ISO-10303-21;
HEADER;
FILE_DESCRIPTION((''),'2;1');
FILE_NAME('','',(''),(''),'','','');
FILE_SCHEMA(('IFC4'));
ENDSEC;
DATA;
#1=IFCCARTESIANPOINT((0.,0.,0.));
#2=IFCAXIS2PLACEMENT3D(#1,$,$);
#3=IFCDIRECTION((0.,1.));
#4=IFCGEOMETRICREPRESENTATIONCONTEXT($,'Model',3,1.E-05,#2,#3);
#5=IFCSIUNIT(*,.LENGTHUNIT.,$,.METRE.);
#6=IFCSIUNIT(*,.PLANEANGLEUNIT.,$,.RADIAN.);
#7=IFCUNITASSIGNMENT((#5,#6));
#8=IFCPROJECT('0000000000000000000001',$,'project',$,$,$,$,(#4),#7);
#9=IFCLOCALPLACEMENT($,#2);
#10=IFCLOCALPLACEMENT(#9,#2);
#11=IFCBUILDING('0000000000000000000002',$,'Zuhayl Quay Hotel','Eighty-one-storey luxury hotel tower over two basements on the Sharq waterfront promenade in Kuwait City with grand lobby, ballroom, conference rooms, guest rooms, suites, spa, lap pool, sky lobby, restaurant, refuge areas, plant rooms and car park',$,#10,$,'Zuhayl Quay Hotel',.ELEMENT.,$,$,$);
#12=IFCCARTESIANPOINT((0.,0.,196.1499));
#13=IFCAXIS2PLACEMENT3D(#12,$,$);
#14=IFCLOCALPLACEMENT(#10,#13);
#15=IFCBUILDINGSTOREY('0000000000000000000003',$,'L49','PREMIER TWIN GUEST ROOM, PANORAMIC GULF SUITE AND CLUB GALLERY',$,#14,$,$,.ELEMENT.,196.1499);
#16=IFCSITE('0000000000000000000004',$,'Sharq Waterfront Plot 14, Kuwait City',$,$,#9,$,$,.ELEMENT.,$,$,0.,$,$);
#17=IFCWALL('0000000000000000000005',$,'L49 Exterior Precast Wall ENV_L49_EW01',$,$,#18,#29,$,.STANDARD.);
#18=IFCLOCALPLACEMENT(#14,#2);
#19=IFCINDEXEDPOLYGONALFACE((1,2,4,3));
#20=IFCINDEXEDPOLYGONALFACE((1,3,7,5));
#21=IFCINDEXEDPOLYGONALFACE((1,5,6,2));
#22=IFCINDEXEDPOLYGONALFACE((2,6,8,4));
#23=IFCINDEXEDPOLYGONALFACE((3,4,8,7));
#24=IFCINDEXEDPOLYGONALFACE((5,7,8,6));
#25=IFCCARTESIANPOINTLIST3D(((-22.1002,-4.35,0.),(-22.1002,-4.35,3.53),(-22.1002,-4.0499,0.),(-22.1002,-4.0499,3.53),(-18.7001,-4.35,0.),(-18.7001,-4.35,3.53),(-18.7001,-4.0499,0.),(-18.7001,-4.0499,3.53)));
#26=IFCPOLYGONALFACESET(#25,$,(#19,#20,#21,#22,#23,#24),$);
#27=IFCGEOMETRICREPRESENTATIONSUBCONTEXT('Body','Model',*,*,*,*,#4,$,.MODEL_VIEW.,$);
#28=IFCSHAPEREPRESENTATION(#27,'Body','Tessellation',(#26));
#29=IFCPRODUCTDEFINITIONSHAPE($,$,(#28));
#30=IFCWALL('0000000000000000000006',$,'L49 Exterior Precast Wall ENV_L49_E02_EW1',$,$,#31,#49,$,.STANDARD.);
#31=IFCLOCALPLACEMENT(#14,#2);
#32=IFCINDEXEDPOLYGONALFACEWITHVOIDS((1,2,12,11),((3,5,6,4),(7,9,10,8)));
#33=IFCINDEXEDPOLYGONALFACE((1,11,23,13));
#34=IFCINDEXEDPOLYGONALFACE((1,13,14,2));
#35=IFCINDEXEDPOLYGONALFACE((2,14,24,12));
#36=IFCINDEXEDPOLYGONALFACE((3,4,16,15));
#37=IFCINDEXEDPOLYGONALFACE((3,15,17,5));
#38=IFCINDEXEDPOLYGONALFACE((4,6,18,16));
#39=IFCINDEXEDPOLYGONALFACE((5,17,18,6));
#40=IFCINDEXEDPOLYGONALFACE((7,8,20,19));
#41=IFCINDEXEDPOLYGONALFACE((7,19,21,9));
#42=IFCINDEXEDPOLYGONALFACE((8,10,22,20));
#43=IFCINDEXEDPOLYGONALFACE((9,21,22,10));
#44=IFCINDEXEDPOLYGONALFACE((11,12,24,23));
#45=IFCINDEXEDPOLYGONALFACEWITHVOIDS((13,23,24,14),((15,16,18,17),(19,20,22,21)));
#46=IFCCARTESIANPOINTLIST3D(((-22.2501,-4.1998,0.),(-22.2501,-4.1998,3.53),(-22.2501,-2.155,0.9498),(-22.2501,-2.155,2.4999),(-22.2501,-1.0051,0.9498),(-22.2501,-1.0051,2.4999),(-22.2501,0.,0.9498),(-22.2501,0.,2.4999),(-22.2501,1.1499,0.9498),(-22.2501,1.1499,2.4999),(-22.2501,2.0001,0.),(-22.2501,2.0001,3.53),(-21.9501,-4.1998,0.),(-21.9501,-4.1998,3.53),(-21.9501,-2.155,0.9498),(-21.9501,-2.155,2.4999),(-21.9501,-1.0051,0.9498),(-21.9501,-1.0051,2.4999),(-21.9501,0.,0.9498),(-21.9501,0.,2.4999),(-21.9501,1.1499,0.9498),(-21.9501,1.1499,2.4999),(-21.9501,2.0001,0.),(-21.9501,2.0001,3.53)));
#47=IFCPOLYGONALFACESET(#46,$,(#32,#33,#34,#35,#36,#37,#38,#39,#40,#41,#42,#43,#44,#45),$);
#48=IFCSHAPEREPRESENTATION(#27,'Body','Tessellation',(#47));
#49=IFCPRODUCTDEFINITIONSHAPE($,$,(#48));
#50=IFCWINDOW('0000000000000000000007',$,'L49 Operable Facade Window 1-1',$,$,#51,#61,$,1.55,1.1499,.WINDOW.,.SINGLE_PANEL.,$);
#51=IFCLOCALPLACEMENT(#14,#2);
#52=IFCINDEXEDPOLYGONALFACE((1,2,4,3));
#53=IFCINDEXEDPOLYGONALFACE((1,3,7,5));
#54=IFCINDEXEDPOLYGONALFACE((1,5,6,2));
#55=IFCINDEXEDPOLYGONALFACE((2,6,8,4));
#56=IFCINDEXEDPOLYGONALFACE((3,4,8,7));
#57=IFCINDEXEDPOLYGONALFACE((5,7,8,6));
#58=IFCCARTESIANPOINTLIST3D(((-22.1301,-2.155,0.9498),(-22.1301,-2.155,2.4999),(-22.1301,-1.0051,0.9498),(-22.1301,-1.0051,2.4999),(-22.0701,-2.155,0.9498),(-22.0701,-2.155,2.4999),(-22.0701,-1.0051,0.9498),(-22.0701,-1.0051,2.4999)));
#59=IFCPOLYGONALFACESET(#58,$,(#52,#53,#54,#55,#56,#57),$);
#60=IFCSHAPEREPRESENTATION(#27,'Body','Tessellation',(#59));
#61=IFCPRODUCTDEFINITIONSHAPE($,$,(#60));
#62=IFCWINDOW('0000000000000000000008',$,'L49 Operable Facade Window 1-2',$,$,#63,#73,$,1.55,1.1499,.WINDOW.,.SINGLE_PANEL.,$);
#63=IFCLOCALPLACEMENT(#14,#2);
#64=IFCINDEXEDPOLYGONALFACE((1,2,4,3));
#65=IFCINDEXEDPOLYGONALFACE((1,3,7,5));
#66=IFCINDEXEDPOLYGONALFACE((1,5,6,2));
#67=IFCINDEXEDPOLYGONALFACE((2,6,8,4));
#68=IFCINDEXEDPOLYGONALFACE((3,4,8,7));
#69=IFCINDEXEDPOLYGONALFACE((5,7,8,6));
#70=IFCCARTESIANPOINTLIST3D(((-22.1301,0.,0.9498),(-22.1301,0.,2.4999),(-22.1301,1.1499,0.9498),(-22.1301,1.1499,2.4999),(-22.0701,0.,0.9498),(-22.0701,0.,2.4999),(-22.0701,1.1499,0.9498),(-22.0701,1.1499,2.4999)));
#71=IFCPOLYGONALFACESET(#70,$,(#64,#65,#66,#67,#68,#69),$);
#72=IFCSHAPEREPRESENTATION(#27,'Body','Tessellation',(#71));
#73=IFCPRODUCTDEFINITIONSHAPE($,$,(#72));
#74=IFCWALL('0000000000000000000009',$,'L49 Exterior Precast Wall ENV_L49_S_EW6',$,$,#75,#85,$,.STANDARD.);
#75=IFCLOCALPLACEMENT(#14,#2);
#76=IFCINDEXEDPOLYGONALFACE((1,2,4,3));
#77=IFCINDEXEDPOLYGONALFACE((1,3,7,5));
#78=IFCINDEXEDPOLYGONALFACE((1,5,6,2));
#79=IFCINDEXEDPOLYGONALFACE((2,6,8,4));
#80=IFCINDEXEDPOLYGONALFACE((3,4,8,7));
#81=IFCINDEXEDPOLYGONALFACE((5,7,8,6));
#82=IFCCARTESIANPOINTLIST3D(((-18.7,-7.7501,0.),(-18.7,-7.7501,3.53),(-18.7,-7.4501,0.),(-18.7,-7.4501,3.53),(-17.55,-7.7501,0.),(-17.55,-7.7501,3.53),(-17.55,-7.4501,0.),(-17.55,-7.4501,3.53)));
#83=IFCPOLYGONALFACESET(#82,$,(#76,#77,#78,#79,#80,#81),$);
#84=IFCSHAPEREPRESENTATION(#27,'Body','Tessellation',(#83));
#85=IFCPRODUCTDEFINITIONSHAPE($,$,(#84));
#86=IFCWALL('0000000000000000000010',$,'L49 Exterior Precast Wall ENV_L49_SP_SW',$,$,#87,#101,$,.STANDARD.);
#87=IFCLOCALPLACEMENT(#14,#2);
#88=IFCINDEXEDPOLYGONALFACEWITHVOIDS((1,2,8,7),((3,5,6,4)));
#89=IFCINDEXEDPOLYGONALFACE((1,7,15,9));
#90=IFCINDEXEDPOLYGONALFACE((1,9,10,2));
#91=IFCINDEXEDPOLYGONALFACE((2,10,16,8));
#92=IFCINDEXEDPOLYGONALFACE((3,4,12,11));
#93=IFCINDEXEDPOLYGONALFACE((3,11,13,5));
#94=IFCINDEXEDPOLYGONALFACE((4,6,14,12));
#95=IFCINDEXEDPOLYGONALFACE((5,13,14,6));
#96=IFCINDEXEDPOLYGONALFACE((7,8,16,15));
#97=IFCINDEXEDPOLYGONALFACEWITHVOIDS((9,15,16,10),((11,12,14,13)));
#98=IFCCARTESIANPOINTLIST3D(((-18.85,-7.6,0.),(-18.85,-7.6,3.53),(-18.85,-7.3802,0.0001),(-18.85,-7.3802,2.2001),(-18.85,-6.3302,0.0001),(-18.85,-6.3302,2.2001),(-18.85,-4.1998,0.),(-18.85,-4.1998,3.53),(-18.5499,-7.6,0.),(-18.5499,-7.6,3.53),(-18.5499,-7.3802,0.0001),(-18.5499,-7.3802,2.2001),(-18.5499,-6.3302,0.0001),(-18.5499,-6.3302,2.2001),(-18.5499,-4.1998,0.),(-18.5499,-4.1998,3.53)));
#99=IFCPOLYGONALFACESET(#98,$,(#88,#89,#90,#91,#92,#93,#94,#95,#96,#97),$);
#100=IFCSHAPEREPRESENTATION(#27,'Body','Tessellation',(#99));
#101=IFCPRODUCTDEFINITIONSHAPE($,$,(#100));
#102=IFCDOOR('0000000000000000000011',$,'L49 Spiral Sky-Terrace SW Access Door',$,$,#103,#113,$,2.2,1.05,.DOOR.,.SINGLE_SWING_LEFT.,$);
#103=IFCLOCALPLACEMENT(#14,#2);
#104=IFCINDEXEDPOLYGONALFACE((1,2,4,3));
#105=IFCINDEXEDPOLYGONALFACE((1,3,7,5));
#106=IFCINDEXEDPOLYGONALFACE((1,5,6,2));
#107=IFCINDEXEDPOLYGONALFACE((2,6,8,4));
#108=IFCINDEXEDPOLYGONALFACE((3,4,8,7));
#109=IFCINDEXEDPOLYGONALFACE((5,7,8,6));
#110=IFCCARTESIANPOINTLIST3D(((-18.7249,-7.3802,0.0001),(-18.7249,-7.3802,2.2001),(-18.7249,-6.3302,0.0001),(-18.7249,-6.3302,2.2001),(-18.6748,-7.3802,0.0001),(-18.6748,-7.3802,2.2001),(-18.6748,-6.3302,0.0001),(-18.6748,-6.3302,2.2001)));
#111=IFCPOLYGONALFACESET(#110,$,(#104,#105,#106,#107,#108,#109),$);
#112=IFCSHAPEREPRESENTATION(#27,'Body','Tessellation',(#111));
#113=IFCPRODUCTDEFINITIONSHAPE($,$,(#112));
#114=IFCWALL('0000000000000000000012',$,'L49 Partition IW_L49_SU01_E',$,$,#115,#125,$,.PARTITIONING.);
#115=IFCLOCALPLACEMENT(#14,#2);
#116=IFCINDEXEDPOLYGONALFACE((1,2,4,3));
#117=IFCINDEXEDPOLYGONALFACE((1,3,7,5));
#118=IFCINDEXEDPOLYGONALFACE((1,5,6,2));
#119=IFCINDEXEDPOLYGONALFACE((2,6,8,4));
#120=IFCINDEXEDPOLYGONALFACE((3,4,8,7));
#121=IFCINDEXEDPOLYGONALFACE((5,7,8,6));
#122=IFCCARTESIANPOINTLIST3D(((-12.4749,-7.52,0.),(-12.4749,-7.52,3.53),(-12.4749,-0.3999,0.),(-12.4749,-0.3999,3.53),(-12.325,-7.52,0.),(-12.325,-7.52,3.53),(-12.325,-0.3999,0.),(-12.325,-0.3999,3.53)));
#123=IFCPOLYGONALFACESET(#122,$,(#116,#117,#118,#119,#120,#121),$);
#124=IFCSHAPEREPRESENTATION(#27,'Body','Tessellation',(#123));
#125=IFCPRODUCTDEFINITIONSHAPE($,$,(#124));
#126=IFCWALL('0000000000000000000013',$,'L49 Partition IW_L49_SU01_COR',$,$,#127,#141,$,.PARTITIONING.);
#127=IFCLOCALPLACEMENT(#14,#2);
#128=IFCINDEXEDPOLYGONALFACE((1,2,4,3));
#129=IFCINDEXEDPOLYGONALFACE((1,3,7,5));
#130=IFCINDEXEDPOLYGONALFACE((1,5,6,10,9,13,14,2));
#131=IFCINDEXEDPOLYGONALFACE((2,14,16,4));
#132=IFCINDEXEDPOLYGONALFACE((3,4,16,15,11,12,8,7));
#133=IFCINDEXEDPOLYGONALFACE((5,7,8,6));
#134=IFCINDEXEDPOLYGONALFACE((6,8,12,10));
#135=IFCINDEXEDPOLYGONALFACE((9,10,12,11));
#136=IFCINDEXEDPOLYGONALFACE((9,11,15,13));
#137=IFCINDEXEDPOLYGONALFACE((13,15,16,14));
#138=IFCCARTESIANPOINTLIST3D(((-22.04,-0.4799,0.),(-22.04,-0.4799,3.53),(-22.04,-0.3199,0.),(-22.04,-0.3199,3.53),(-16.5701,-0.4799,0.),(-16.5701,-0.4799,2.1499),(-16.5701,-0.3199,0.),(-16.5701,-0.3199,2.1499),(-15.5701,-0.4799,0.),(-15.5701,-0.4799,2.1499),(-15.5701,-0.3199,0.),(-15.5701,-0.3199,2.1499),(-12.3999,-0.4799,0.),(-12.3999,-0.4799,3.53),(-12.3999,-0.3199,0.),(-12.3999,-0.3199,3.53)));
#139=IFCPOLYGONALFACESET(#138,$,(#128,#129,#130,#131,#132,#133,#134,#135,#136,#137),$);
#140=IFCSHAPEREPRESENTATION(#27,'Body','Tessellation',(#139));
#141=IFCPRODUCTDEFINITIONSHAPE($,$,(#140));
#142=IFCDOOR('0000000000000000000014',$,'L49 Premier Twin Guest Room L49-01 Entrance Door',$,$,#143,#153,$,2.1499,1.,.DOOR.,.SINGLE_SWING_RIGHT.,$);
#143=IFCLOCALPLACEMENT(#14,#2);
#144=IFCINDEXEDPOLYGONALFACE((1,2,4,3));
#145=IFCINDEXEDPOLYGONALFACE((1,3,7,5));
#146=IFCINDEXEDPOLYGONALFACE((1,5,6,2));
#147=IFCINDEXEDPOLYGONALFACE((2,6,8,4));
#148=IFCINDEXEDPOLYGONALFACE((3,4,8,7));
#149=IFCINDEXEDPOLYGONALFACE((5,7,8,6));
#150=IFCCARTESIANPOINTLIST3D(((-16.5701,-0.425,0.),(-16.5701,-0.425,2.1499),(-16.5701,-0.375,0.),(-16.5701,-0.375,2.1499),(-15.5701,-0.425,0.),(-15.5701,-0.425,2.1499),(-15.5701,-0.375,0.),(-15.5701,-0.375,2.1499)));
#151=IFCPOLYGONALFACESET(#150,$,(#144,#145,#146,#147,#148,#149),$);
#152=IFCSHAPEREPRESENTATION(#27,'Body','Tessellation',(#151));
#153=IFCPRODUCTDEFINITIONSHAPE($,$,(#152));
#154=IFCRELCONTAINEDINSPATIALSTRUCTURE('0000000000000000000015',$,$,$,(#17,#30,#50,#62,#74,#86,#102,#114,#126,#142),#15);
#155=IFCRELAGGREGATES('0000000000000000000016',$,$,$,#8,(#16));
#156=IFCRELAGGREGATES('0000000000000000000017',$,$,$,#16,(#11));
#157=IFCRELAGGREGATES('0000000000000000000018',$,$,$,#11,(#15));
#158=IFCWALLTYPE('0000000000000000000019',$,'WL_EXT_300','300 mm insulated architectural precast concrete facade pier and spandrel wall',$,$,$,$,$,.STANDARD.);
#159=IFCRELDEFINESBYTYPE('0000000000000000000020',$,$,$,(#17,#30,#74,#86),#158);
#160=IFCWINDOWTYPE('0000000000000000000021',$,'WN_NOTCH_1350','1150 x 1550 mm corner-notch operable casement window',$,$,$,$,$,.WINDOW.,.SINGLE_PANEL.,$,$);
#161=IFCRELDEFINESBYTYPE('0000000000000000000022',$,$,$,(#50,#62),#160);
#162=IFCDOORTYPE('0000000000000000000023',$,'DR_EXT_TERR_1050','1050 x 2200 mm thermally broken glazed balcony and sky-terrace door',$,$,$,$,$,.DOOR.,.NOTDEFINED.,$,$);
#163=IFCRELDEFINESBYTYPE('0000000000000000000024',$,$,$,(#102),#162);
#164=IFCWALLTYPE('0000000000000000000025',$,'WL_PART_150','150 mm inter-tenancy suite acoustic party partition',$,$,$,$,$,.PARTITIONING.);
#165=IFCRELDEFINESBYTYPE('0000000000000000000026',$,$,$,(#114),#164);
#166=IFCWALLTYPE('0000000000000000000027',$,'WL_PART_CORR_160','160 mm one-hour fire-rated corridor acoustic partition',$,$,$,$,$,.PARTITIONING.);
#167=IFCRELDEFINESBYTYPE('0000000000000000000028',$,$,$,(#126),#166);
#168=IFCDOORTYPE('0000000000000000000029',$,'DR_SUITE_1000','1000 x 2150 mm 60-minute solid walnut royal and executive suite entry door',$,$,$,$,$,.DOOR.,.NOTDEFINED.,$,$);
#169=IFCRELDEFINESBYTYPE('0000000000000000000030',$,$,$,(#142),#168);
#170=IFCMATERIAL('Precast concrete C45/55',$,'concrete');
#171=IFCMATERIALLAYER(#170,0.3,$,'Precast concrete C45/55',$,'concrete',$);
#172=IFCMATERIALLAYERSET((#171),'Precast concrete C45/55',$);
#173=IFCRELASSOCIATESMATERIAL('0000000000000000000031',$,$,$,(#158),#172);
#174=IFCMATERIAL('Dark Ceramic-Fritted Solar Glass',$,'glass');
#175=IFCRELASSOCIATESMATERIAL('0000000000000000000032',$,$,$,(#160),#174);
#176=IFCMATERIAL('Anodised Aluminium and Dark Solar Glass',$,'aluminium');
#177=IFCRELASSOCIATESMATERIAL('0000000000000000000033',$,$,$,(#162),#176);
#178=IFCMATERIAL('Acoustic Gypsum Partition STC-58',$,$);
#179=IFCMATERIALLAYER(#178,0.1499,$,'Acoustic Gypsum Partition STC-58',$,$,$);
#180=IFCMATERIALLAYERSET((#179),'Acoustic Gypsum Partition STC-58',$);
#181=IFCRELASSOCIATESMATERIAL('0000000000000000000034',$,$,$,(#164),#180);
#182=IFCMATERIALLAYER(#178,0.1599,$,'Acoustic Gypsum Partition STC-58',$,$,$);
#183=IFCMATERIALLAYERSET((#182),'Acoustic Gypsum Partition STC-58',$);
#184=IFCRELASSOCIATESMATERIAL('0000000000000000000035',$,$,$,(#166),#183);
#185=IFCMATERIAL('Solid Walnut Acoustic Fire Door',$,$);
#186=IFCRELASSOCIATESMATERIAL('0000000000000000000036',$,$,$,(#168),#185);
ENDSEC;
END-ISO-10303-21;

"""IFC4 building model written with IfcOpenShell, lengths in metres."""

from ifc_helpers import new_model, si_unit, direction, frame, frame_2d, origin, place, context, subcontext, project, spatial, rectangle, extrude, material, layer, layer_set, type_object, element, fill, save


model = new_model("IFC4")

# Units and contexts
model_context = context("Model", 3, precision=1e-05, world=origin(), true_north=direction((0.0, 1.0)))
body_context = subcontext(model_context, "Body", "Model", "MODEL_VIEW")
ifc_project = project(units=[si_unit("LENGTHUNIT", "METRE"), si_unit("PLANEANGLEUNIT", "RADIAN")], contexts=[model_context])

# Site, building, storey
site_placement = place(None, origin())
site = spatial("IfcSite", under=ifc_project, at=site_placement, Name="Sharq Waterfront Plot 14, Kuwait City", CompositionType="ELEMENT", RefElevation=0.0)
building_placement = place(site_placement, origin())
building = spatial("IfcBuilding", under=site, at=building_placement, Name="Zuhayl Quay Hotel", Description="Eighty-one-storey luxury hotel tower over two basements on the Sharq waterfront promenade in Kuwait City with grand lobby, ballroom, conference rooms, guest rooms, suites, spa, lap pool, sky lobby, restaurant, refuge areas, plant rooms and car park", LongName="Zuhayl Quay Hotel", CompositionType="ELEMENT")
storey_placement = place(building_placement, frame((0.0, 0.0, 196.1499)))
storey = spatial("IfcBuildingStorey", under=building, at=storey_placement, Name="L49", Description="PREMIER TWIN GUEST ROOM, PANORAMIC GULF SUITE AND CLUB GALLERY", CompositionType="ELEMENT", Elevation=196.1499)

# Shared definitions
ifc_material_1 = material(Name="Dark Ceramic-Fritted Solar Glass", Category="glass")

# Wall
ifc_material_2 = material(Name="Precast concrete C45/55", Category="concrete")
ifc_layer_1 = layer(ifc_material_2, 0.3, Name="Precast concrete C45/55", Category="concrete")
ifc_layer_set_1 = layer_set([ifc_layer_1], Name="Precast concrete C45/55")
wall_type_1 = type_object("IfcWallType", Name="WL_EXT_300", Description="300 mm insulated architectural precast concrete facade pier and spandrel wall", PredefinedType="STANDARD", material=ifc_layer_set_1)
wall_1_placement = place(storey_placement, frame((-18.7, -4.2, 0.0), z_axis=(0.0, 0.0, 1.0), x_axis=(-1.0, 0.0, 0.0)))
element("IfcWall", 1, at=wall_1_placement, inside=storey, type_object=wall_type_1, Name="L49 Exterior Precast Wall ENV_L49_EW01", PredefinedType="STANDARD", context=body_context, shape_type="SweptSolid", body=[
    extrude(rectangle(XDim=3.4001, YDim=0.3, at=frame_2d((1.7002, 0.0))), origin(), (0.0, 0.0, 1.0), 3.53),
])

# Wall, openings, windows
wall_2_placement = place(storey_placement, frame((-22.1001, -4.2, 0.0), z_axis=(0.0, 0.0, 1.0), x_axis=(0.0, 1.0, 0.0)))
wall_2 = element("IfcWall", 2, at=wall_2_placement, inside=storey, type_object=wall_type_1, Name="L49 Exterior Precast Wall ENV_L49_E02_EW1", PredefinedType="STANDARD", context=body_context, shape_type="SweptSolid", body=[
    extrude(rectangle(XDim=6.2, YDim=0.3, at=frame_2d((3.1001, 0.0))), origin(), (0.0, 0.0, 1.0), 3.53),
])
opening_1_placement = place(wall_2_placement, frame((2.0449, 0.0, 0.95)))
opening_1 = element("IfcOpeningElement", 3, at=opening_1_placement, cuts=wall_2, PredefinedType="OPENING", context=body_context, shape_type="SweptSolid", body=[
    extrude(rectangle(XDim=1.1499, YDim=1.55, at=frame_2d((0.575, 0.7749))), frame((0.0, 0.1599, 0.0), z_axis=(0.0, -1.0, 0.0), x_axis=(1.0, 0.0, 0.0)), (0.0, 0.0, 1.0), 0.3201),
])
opening_2_placement = place(wall_2_placement, frame((4.2, 0.0, 0.95)))
opening_2 = element("IfcOpeningElement", 4, at=opening_2_placement, cuts=wall_2, PredefinedType="OPENING", context=body_context, shape_type="SweptSolid", body=[
    extrude(rectangle(XDim=1.1499, YDim=1.55, at=frame_2d((0.575, 0.7749))), frame((0.0, 0.1599, 0.0), z_axis=(0.0, -1.0, 0.0), x_axis=(1.0, 0.0, 0.0)), (0.0, 0.0, 1.0), 0.3201),
])
window_type = type_object("IfcWindowType", Name="WN_NOTCH_1350", Description="1150 x 1550 mm corner-notch operable casement window", PartitioningType="SINGLE_PANEL", PredefinedType="WINDOW", material=ifc_material_1)
window_1_placement = place(opening_1_placement, origin())
window_1 = element("IfcWindow", 5, at=window_1_placement, inside=storey, type_object=window_type, Name="L49 Operable Facade Window 1-1", OverallHeight=1.55, OverallWidth=1.1499, PartitioningType="SINGLE_PANEL", PredefinedType="WINDOW", context=body_context, shape_type="SweptSolid", body=[
    extrude(rectangle(XDim=1.1499, YDim=1.55, at=frame_2d((0.575, 0.7749))), frame((0.0, 0.03, 0.0), z_axis=(0.0, -1.0, 0.0), x_axis=(1.0, 0.0, 0.0)), (0.0, 0.0, 1.0), 0.0601),
])
fill(opening_1, window_1)
window_2_placement = place(opening_2_placement, origin())
window_2 = element("IfcWindow", 6, at=window_2_placement, inside=storey, type_object=window_type, Name="L49 Operable Facade Window 1-2", OverallHeight=1.55, OverallWidth=1.1499, PartitioningType="SINGLE_PANEL", PredefinedType="WINDOW", context=body_context, shape_type="SweptSolid", body=[
    extrude(rectangle(XDim=1.1499, YDim=1.55, at=frame_2d((0.575, 0.7749))), frame((0.0, 0.03, 0.0), z_axis=(0.0, -1.0, 0.0), x_axis=(1.0, 0.0, 0.0)), (0.0, 0.0, 1.0), 0.0601),
])
fill(opening_2, window_2)

# Wall
wall_3_placement = place(storey_placement, frame((-17.55, -7.6001, 0.0), z_axis=(0.0, 0.0, 1.0), x_axis=(-1.0, 0.0, 0.0)))
element("IfcWall", 7, at=wall_3_placement, inside=storey, type_object=wall_type_1, Name="L49 Exterior Precast Wall ENV_L49_S_EW6", PredefinedType="STANDARD", context=body_context, shape_type="SweptSolid", body=[
    extrude(rectangle(XDim=1.1499, YDim=0.3, at=frame_2d((0.575, 0.0))), origin(), (0.0, 0.0, 1.0), 3.53),
])

# Wall, opening, door
wall_4_placement = place(storey_placement, frame((-18.7, -7.6001, 0.0), z_axis=(0.0, 0.0, 1.0), x_axis=(0.0, 1.0, 0.0)))
wall_4 = element("IfcWall", 8, at=wall_4_placement, inside=storey, type_object=wall_type_1, Name="L49 Exterior Precast Wall ENV_L49_SP_SW", PredefinedType="STANDARD", context=body_context, shape_type="SweptSolid", body=[
    extrude(rectangle(XDim=3.4001, YDim=0.3, at=frame_2d((1.7002, 0.0))), origin(), (0.0, 0.0, 1.0), 3.53),
])
opening_3_placement = place(wall_4_placement, frame((0.22, 0.0, 0.0)))
opening_3 = element("IfcOpeningElement", 9, at=opening_3_placement, cuts=wall_4, PredefinedType="OPENING", context=body_context, shape_type="SweptSolid", body=[
    extrude(rectangle(XDim=1.05, YDim=2.2, at=frame_2d((0.5249, 1.1001))), frame((0.0, 0.1599, 0.0), z_axis=(0.0, -1.0, 0.0), x_axis=(1.0, 0.0, 0.0)), (0.0, 0.0, 1.0), 0.3201),
])
ifc_material_3 = material(Name="Anodised Aluminium and Dark Solar Glass", Category="aluminium")
door_type_1 = type_object("IfcDoorType", Name="DR_EXT_TERR_1050", Description="1050 x 2200 mm thermally broken glazed balcony and sky-terrace door", OperationType="NOTDEFINED", PredefinedType="DOOR", material=ifc_material_3)
door_1_placement = place(opening_3_placement, origin())
door_1 = element("IfcDoor", 10, at=door_1_placement, inside=storey, type_object=door_type_1, Name="L49 Spiral Sky-Terrace SW Access Door", OperationType="SINGLE_SWING_LEFT", OverallHeight=2.2, OverallWidth=1.05, PredefinedType="DOOR", context=body_context, shape_type="SweptSolid", body=[
    extrude(rectangle(XDim=1.05, YDim=2.2, at=frame_2d((0.5249, 1.1001))), frame((0.0, 0.0249, 0.0), z_axis=(0.0, -1.0, 0.0), x_axis=(1.0, 0.0, 0.0)), (0.0, 0.0, 1.0), 0.05),
])
fill(opening_3, door_1)

# Wall
ifc_material_4 = material(Name="Acoustic Gypsum Partition STC-58")
ifc_layer_2 = layer(ifc_material_4, 0.1499, Name="Acoustic Gypsum Partition STC-58")
ifc_layer_set_2 = layer_set([ifc_layer_2], Name="Acoustic Gypsum Partition STC-58")
wall_type_2 = type_object("IfcWallType", Name="WL_PART_150", Description="150 mm inter-tenancy suite acoustic party partition", PredefinedType="PARTITIONING", material=ifc_layer_set_2)
wall_5_placement = place(storey_placement, frame((-12.3999, -7.52, 0.0), z_axis=(0.0, 0.0, 1.0), x_axis=(0.0, 1.0, 0.0)))
element("IfcWall", 11, at=wall_5_placement, inside=storey, type_object=wall_type_2, Name="L49 Partition IW_L49_SU01_E", PredefinedType="PARTITIONING", context=body_context, shape_type="SweptSolid", body=[
    extrude(rectangle(XDim=7.1201, YDim=0.1499, at=frame_2d((3.5601, 0.0))), origin(), (0.0, 0.0, 1.0), 3.53),
])

# Wall, opening, door
ifc_layer_3 = layer(ifc_material_4, 0.1599, Name="Acoustic Gypsum Partition STC-58")
ifc_layer_set_3 = layer_set([ifc_layer_3], Name="Acoustic Gypsum Partition STC-58")
wall_type_3 = type_object("IfcWallType", Name="WL_PART_CORR_160", Description="160 mm one-hour fire-rated corridor acoustic partition", PredefinedType="PARTITIONING", material=ifc_layer_set_3)
wall_6_placement = place(storey_placement, frame((-22.04, -0.3999, 0.0), z_axis=(0.0, 0.0, 1.0), x_axis=(1.0, 0.0, 0.0)))
wall_6 = element("IfcWall", 12, at=wall_6_placement, inside=storey, type_object=wall_type_3, Name="L49 Partition IW_L49_SU01_COR", PredefinedType="PARTITIONING", context=body_context, shape_type="SweptSolid", body=[
    extrude(rectangle(XDim=9.6401, YDim=0.1599, at=frame_2d((4.8201, 0.0))), origin(), (0.0, 0.0, 1.0), 3.53),
])
opening_4_placement = place(wall_6_placement, frame((5.47, 0.0, 0.0)))
opening_4 = element("IfcOpeningElement", 13, at=opening_4_placement, cuts=wall_6, PredefinedType="OPENING", context=body_context, shape_type="SweptSolid", body=[
    extrude(rectangle(XDim=1.0, YDim=2.1499, at=frame_2d((0.5, 1.075))), frame((0.0, 0.0898, 0.0), z_axis=(0.0, -1.0, 0.0), x_axis=(1.0, 0.0, 0.0)), (0.0, 0.0, 1.0), 0.1799),
])
ifc_material_5 = material(Name="Solid Walnut Acoustic Fire Door")
door_type_2 = type_object("IfcDoorType", Name="DR_SUITE_1000", Description="1000 x 2150 mm 60-minute solid walnut royal and executive suite entry door", OperationType="NOTDEFINED", PredefinedType="DOOR", material=ifc_material_5)
door_2_placement = place(opening_4_placement, origin())
door_2 = element("IfcDoor", 14, at=door_2_placement, inside=storey, type_object=door_type_2, Name="L49 Premier Twin Guest Room L49-01 Entrance Door", OperationType="SINGLE_SWING_RIGHT", OverallHeight=2.1499, OverallWidth=1.0, PredefinedType="DOOR", context=body_context, shape_type="SweptSolid", body=[
    extrude(rectangle(XDim=1.0, YDim=2.1499, at=frame_2d((0.5, 1.075))), frame((0.0, 0.0249, 0.0), z_axis=(0.0, -1.0, 0.0), x_axis=(1.0, 0.0, 0.0)), (0.0, 0.0, 1.0), 0.05),
])
fill(opening_4, door_2)

save(model, "model.ifc")
